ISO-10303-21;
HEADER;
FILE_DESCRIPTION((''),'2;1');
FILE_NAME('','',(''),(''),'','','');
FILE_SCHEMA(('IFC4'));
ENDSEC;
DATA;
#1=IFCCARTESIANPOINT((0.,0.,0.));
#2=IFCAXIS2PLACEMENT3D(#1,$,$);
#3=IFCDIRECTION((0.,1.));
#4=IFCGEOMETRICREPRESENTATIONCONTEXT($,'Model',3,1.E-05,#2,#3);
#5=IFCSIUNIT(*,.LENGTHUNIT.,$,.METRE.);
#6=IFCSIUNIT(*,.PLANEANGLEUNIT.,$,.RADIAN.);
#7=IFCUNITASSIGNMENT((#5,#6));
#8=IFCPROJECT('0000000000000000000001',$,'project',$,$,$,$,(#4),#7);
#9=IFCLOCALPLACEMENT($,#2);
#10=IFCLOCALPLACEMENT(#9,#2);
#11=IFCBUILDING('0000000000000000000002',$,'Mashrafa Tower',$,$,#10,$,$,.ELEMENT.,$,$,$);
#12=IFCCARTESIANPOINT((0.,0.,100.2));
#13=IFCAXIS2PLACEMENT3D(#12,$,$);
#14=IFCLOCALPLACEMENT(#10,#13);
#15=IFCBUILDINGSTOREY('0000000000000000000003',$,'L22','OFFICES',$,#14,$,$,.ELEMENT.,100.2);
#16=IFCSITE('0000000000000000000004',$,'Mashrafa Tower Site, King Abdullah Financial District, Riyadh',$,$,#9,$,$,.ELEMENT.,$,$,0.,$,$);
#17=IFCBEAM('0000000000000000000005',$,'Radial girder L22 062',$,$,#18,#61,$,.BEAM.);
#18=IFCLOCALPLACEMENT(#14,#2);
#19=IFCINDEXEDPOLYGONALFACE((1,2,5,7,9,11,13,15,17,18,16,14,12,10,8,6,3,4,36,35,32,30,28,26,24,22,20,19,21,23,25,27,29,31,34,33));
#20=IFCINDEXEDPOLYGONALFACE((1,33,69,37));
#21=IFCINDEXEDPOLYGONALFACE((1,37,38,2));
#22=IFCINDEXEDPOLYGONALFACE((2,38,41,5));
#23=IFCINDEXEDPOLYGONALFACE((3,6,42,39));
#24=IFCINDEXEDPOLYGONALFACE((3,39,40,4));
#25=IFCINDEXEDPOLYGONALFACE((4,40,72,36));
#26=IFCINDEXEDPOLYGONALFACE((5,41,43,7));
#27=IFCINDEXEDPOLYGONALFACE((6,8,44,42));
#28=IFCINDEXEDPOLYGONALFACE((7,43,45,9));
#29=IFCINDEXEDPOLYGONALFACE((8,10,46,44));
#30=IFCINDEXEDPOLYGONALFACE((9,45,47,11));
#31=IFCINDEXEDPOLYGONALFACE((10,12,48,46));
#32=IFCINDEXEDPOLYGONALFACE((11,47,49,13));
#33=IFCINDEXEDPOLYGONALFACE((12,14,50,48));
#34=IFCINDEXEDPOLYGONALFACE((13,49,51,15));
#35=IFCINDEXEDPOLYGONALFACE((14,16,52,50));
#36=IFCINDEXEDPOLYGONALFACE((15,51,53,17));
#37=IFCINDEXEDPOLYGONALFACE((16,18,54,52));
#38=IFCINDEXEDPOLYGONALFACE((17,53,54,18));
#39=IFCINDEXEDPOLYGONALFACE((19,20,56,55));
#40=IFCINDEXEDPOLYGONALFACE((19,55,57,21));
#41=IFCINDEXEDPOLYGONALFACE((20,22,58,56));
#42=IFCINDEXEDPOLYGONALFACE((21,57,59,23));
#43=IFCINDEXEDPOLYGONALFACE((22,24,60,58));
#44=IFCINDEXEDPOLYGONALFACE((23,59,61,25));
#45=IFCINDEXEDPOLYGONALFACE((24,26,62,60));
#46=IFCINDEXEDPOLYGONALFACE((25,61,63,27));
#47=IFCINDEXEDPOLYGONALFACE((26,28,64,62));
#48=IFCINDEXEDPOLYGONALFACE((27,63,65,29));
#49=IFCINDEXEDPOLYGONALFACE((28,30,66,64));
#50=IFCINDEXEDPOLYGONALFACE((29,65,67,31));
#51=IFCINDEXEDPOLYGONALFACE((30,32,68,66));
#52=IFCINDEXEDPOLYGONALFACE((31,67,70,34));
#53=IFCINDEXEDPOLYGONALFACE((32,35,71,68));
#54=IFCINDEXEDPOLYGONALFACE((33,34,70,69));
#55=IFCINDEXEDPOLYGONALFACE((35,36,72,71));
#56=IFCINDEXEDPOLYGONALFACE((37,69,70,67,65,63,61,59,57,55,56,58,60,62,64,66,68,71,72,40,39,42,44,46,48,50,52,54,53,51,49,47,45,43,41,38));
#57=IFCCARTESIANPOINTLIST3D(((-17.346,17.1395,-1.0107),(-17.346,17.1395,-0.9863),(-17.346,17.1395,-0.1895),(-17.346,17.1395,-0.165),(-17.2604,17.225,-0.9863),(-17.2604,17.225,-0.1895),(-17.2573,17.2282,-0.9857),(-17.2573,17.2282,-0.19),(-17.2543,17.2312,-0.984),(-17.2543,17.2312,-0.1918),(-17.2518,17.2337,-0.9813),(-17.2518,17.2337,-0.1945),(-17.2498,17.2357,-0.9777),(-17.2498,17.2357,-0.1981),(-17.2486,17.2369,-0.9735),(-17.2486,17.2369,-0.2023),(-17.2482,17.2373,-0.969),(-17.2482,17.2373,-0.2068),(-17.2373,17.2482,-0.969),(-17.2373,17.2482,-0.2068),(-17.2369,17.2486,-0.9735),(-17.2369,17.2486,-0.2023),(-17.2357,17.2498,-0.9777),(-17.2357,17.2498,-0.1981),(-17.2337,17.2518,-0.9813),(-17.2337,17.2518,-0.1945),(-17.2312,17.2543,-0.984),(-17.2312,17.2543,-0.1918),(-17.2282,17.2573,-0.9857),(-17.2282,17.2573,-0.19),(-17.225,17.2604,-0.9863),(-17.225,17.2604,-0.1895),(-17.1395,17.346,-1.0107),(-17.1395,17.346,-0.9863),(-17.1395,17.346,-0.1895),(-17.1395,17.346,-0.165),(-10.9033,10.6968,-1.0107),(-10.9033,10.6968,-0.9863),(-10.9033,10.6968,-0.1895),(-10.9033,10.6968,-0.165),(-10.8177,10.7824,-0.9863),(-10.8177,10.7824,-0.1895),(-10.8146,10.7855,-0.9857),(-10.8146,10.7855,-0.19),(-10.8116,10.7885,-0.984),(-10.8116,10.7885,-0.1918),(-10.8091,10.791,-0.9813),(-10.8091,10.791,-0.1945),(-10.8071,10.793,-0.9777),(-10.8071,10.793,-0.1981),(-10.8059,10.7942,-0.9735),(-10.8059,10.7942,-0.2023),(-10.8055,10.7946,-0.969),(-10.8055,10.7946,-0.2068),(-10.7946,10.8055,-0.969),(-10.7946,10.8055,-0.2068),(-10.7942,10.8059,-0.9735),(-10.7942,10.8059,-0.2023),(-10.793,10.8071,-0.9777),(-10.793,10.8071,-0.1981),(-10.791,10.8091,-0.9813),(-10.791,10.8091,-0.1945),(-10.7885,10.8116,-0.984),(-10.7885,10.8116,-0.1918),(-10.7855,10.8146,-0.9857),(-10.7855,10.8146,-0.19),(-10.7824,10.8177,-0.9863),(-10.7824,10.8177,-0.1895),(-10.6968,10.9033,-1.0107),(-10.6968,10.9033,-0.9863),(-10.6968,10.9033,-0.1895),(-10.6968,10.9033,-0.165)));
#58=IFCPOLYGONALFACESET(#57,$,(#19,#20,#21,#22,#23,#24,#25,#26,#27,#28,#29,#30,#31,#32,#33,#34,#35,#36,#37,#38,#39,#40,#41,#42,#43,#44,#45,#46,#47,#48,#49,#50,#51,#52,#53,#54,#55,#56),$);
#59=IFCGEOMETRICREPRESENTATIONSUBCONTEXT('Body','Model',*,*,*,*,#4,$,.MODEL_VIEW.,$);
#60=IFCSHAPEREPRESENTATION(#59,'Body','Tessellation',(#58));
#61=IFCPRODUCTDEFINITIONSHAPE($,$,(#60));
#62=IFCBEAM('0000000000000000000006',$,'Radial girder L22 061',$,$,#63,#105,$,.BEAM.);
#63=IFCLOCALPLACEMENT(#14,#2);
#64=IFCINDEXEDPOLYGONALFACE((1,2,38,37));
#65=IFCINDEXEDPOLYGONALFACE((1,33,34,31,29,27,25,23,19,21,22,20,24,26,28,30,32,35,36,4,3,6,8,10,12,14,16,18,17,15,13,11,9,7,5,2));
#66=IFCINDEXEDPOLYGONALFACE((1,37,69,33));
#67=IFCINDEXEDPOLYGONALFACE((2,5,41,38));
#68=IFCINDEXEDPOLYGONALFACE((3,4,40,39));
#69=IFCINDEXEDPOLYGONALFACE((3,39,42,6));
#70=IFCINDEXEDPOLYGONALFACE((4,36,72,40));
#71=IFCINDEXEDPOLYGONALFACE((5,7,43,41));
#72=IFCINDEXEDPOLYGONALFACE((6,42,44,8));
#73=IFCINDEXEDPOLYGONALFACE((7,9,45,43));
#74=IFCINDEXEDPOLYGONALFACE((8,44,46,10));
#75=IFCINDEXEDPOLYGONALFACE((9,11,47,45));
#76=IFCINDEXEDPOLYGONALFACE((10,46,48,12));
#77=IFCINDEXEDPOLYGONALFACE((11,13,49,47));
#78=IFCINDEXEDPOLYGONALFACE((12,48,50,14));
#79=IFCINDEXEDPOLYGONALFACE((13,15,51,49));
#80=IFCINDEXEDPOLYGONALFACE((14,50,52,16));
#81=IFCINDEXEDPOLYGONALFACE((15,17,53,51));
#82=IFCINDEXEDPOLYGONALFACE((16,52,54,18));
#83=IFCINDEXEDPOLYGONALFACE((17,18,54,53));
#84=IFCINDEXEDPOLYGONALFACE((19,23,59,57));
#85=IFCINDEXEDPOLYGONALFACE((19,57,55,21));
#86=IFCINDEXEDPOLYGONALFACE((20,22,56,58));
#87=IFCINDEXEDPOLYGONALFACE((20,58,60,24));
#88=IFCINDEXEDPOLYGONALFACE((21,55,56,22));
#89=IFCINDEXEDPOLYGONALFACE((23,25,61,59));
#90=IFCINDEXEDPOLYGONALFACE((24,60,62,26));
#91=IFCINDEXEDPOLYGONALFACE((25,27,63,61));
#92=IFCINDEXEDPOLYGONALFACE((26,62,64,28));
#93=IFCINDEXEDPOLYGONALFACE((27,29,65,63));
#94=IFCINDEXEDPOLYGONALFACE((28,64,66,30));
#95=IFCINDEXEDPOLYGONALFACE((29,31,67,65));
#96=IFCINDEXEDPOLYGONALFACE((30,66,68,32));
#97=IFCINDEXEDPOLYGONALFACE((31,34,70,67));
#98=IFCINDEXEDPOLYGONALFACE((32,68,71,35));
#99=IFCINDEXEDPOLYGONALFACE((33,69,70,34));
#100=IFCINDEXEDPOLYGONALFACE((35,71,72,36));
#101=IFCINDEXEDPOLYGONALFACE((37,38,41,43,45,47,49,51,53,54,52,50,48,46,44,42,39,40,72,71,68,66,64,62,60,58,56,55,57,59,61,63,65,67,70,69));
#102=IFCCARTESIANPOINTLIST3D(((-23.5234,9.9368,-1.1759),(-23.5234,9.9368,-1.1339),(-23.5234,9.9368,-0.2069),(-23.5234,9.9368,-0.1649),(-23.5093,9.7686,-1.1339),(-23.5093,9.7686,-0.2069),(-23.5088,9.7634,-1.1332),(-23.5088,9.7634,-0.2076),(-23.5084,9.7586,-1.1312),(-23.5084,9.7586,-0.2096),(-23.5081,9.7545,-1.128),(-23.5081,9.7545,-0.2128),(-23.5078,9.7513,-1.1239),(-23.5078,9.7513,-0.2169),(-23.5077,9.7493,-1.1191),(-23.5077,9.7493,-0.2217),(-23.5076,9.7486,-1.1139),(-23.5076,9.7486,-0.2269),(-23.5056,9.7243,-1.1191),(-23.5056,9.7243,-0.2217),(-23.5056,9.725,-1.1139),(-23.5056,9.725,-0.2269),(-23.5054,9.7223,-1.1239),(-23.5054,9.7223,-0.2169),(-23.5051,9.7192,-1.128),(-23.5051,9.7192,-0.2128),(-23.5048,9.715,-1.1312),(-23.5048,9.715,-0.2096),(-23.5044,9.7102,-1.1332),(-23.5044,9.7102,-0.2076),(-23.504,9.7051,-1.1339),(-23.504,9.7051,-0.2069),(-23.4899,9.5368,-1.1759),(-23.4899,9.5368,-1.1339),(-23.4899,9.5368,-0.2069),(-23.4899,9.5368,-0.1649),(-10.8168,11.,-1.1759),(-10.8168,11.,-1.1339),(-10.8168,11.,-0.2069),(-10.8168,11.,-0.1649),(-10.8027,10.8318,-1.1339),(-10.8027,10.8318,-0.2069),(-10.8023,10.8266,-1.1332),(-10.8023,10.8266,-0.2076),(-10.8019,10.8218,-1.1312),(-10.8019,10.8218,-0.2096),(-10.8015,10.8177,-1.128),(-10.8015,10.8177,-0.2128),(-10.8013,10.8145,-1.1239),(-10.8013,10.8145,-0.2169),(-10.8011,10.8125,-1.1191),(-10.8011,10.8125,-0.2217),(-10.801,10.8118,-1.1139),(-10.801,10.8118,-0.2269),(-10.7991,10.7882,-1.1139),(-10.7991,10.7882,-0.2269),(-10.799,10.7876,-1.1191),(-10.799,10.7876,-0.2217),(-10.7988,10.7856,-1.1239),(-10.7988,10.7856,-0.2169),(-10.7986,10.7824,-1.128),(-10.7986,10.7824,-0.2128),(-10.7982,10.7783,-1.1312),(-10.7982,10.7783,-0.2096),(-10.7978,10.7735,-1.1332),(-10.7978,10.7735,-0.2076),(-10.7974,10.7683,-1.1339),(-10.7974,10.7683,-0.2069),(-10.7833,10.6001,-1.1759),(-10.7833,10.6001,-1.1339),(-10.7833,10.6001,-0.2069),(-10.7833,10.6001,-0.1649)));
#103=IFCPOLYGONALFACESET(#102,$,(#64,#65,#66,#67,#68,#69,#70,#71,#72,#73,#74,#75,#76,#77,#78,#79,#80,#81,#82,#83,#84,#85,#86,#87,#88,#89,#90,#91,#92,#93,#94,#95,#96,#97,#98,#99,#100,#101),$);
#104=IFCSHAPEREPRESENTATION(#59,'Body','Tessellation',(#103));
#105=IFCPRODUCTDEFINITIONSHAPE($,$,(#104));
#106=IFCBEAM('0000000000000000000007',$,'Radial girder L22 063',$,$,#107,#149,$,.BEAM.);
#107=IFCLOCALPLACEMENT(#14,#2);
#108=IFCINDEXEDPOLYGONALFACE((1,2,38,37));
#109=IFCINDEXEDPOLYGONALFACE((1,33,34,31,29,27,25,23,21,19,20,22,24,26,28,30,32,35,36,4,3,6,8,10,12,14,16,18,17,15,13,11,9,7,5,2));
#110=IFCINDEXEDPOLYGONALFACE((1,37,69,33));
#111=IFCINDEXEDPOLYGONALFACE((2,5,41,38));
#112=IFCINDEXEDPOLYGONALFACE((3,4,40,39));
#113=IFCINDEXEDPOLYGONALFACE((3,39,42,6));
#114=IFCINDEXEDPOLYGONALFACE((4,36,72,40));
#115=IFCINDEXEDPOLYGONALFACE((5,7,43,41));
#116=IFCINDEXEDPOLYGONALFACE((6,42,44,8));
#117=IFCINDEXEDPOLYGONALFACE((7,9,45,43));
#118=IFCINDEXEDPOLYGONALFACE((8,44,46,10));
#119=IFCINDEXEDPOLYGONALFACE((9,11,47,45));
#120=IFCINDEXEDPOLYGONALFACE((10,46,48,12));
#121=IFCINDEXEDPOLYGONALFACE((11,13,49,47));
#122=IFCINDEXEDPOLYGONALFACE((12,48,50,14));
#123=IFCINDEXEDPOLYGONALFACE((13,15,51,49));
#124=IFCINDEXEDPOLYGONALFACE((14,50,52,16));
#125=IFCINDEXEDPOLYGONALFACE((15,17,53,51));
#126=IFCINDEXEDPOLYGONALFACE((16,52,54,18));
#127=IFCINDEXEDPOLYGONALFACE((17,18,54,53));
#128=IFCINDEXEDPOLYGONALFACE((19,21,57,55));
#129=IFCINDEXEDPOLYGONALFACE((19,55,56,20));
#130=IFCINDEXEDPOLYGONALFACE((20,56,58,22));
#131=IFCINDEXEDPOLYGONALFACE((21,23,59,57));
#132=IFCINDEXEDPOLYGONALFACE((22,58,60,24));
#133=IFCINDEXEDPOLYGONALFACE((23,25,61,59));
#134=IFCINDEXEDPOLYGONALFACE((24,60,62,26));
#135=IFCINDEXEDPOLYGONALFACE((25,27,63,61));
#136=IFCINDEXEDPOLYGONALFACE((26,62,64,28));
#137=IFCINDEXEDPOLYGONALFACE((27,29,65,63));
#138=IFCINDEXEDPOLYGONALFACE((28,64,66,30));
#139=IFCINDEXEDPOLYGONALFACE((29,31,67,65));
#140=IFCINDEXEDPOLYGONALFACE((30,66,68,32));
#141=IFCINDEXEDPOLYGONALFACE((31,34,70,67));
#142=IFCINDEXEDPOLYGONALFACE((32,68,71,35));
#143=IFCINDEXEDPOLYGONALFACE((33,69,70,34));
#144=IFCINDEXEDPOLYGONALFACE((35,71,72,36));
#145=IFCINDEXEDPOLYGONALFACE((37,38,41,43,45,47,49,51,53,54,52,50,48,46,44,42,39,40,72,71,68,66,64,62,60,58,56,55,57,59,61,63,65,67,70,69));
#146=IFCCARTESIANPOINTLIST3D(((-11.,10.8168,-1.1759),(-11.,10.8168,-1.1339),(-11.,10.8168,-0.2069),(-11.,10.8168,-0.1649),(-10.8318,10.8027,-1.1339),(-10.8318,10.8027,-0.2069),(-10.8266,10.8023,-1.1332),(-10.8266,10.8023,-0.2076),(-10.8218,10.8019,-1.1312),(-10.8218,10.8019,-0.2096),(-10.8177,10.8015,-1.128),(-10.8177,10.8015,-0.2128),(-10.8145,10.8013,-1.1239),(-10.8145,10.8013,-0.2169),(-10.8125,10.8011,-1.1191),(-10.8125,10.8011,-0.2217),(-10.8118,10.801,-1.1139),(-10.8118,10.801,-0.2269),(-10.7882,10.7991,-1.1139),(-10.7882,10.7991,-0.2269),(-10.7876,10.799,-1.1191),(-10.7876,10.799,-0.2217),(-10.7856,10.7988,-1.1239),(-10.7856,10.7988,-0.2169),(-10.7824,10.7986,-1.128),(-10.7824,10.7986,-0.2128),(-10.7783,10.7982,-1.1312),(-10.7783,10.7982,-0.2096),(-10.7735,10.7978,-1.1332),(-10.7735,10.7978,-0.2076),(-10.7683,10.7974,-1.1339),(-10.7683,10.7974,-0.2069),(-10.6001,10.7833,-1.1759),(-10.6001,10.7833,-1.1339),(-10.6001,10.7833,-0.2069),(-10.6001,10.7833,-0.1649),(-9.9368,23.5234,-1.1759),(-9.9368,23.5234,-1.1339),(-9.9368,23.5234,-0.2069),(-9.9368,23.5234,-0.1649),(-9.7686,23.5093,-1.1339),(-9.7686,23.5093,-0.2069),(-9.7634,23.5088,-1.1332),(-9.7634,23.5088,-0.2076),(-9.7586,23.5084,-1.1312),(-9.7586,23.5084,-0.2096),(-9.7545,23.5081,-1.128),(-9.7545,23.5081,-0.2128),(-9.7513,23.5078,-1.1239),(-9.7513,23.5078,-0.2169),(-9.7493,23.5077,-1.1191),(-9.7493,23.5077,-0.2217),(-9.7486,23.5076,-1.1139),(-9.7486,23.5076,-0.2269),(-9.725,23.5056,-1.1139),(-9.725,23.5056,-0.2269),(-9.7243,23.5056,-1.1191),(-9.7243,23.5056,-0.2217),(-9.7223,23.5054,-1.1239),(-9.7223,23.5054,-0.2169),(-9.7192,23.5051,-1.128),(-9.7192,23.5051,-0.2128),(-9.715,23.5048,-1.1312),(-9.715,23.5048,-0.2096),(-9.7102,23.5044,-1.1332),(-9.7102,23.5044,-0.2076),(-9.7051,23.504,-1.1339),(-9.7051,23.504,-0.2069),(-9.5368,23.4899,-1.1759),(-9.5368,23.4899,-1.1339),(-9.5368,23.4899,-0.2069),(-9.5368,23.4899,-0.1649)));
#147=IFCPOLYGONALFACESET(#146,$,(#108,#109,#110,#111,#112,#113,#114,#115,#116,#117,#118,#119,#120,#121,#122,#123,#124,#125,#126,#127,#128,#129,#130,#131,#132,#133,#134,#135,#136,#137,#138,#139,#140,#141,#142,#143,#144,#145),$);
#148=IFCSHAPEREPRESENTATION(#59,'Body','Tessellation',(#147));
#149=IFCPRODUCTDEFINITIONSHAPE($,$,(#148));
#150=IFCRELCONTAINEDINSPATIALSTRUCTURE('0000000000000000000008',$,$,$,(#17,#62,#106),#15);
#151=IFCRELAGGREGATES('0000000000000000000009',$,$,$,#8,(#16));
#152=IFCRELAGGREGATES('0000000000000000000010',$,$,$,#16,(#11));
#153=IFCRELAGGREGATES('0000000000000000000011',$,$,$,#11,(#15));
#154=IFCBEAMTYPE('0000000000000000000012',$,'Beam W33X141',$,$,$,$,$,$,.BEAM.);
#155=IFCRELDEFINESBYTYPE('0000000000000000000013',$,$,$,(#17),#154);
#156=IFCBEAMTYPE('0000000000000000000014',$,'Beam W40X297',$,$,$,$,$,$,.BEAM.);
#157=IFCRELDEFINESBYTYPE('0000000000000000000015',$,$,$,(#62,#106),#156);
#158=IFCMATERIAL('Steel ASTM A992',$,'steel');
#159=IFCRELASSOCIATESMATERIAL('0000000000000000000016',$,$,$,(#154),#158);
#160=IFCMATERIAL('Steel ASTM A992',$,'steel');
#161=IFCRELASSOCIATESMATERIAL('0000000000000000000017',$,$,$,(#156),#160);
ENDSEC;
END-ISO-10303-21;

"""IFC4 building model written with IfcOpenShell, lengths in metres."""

from ifc_helpers import new_model, si_unit, direction, frame, origin, origin_2d, place, context, subcontext, project, spatial, i_section, extrude, material, material_profile, profile_set, type_object, element, save


model = new_model("IFC4")

# Units and contexts
model_context = context("Model", 3, precision=1e-05, world=origin(), true_north=direction((0.0, 1.0)))
body_context = subcontext(model_context, "Body", "Model", "MODEL_VIEW")
ifc_project = project(units=[si_unit("LENGTHUNIT", "METRE"), si_unit("PLANEANGLEUNIT", "RADIAN")], contexts=[model_context])

# Site, building, storey
site_placement = place(None, origin())
site = spatial("IfcSite", under=ifc_project, at=site_placement, Name="Mashrafa Tower Site, King Abdullah Financial District, Riyadh", CompositionType="ELEMENT", RefElevation=0.0)
building_placement = place(site_placement, origin())
building = spatial("IfcBuilding", under=site, at=building_placement, Name="Mashrafa Tower", CompositionType="ELEMENT")
storey_placement = place(building_placement, frame((0.0, 0.0, 100.2)))
storey = spatial("IfcBuildingStorey", under=building, at=storey_placement, Name="L22", Description="OFFICES", CompositionType="ELEMENT", Elevation=100.2)

# Beams
ifc_material_1 = material(Name="Steel ASTM A992", Category="steel")
ifc_material_profile_1 = material_profile(ifc_material_1, i_section(OverallWidth=0.292, OverallDepth=0.8457, WebThickness=0.0154, FlangeThickness=0.0244, FilletRadius=0.0173, at=origin_2d()), Name="W33X141")
ifc_profile_set_1 = profile_set([ifc_material_profile_1], Name="Steel ASTM A992")
beam_type_1 = type_object("IfcBeamType", Name="Beam W33X141", PredefinedType="BEAM", material=ifc_profile_set_1)
beam_1_placement = place(storey_placement, frame((-10.8, 10.8, -0.5879), z_axis=(-0.707107, 0.707107, 0.0), x_axis=(-0.707107, -0.707107, 0.0)))
element("IfcBeam", 1, at=beam_1_placement, inside=storey, type_object=beam_type_1, Name="Radial girder L22 062", PredefinedType="BEAM", context=body_context, shape_type="SweptSolid", body=[
    extrude(i_section(OverallWidth=0.292, OverallDepth=0.8457, WebThickness=0.0154, FlangeThickness=0.0244, FilletRadius=0.0173, at=origin_2d()), origin(), (0.0, 0.0, 1.0), 9.1113),
])
ifc_material_2 = material(Name="Steel ASTM A992", Category="steel")
ifc_material_profile_2 = material_profile(ifc_material_2, i_section(OverallWidth=0.4014, OverallDepth=1.011, WebThickness=0.0237, FlangeThickness=0.042, FilletRadius=0.02, at=origin_2d()), Name="W40X297")
ifc_profile_set_2 = profile_set([ifc_material_profile_2], Name="Steel ASTM A992")
beam_type_2 = type_object("IfcBeamType", Name="Beam W40X297", PredefinedType="BEAM", material=ifc_profile_set_2)
for number, where, z_axis, x_axis, name in (
    (2, (-10.8, 10.8, -0.6704), (-0.996517, -0.083385, 0.0), (0.083385, -0.996517, 0.0), "Radial girder L22 061"),
    (3, (-10.8, 10.8, -0.6704), (0.083385, 0.996517, 0.0), (-0.996517, 0.083385, 0.0), "Radial girder L22 063"),
):
    element("IfcBeam", number, at=place(storey_placement, frame(where, z_axis=z_axis, x_axis=x_axis)), inside=storey, type_object=beam_type_2, Name=name, PredefinedType="BEAM", context=body_context, shape_type="SweptSolid", body=[
        extrude(i_section(OverallWidth=0.4014, OverallDepth=1.011, WebThickness=0.0237, FlangeThickness=0.042, FilletRadius=0.02, at=origin_2d()), origin(), (0.0, 0.0, 1.0), 12.751),
    ])

save(model, "model.ifc")
